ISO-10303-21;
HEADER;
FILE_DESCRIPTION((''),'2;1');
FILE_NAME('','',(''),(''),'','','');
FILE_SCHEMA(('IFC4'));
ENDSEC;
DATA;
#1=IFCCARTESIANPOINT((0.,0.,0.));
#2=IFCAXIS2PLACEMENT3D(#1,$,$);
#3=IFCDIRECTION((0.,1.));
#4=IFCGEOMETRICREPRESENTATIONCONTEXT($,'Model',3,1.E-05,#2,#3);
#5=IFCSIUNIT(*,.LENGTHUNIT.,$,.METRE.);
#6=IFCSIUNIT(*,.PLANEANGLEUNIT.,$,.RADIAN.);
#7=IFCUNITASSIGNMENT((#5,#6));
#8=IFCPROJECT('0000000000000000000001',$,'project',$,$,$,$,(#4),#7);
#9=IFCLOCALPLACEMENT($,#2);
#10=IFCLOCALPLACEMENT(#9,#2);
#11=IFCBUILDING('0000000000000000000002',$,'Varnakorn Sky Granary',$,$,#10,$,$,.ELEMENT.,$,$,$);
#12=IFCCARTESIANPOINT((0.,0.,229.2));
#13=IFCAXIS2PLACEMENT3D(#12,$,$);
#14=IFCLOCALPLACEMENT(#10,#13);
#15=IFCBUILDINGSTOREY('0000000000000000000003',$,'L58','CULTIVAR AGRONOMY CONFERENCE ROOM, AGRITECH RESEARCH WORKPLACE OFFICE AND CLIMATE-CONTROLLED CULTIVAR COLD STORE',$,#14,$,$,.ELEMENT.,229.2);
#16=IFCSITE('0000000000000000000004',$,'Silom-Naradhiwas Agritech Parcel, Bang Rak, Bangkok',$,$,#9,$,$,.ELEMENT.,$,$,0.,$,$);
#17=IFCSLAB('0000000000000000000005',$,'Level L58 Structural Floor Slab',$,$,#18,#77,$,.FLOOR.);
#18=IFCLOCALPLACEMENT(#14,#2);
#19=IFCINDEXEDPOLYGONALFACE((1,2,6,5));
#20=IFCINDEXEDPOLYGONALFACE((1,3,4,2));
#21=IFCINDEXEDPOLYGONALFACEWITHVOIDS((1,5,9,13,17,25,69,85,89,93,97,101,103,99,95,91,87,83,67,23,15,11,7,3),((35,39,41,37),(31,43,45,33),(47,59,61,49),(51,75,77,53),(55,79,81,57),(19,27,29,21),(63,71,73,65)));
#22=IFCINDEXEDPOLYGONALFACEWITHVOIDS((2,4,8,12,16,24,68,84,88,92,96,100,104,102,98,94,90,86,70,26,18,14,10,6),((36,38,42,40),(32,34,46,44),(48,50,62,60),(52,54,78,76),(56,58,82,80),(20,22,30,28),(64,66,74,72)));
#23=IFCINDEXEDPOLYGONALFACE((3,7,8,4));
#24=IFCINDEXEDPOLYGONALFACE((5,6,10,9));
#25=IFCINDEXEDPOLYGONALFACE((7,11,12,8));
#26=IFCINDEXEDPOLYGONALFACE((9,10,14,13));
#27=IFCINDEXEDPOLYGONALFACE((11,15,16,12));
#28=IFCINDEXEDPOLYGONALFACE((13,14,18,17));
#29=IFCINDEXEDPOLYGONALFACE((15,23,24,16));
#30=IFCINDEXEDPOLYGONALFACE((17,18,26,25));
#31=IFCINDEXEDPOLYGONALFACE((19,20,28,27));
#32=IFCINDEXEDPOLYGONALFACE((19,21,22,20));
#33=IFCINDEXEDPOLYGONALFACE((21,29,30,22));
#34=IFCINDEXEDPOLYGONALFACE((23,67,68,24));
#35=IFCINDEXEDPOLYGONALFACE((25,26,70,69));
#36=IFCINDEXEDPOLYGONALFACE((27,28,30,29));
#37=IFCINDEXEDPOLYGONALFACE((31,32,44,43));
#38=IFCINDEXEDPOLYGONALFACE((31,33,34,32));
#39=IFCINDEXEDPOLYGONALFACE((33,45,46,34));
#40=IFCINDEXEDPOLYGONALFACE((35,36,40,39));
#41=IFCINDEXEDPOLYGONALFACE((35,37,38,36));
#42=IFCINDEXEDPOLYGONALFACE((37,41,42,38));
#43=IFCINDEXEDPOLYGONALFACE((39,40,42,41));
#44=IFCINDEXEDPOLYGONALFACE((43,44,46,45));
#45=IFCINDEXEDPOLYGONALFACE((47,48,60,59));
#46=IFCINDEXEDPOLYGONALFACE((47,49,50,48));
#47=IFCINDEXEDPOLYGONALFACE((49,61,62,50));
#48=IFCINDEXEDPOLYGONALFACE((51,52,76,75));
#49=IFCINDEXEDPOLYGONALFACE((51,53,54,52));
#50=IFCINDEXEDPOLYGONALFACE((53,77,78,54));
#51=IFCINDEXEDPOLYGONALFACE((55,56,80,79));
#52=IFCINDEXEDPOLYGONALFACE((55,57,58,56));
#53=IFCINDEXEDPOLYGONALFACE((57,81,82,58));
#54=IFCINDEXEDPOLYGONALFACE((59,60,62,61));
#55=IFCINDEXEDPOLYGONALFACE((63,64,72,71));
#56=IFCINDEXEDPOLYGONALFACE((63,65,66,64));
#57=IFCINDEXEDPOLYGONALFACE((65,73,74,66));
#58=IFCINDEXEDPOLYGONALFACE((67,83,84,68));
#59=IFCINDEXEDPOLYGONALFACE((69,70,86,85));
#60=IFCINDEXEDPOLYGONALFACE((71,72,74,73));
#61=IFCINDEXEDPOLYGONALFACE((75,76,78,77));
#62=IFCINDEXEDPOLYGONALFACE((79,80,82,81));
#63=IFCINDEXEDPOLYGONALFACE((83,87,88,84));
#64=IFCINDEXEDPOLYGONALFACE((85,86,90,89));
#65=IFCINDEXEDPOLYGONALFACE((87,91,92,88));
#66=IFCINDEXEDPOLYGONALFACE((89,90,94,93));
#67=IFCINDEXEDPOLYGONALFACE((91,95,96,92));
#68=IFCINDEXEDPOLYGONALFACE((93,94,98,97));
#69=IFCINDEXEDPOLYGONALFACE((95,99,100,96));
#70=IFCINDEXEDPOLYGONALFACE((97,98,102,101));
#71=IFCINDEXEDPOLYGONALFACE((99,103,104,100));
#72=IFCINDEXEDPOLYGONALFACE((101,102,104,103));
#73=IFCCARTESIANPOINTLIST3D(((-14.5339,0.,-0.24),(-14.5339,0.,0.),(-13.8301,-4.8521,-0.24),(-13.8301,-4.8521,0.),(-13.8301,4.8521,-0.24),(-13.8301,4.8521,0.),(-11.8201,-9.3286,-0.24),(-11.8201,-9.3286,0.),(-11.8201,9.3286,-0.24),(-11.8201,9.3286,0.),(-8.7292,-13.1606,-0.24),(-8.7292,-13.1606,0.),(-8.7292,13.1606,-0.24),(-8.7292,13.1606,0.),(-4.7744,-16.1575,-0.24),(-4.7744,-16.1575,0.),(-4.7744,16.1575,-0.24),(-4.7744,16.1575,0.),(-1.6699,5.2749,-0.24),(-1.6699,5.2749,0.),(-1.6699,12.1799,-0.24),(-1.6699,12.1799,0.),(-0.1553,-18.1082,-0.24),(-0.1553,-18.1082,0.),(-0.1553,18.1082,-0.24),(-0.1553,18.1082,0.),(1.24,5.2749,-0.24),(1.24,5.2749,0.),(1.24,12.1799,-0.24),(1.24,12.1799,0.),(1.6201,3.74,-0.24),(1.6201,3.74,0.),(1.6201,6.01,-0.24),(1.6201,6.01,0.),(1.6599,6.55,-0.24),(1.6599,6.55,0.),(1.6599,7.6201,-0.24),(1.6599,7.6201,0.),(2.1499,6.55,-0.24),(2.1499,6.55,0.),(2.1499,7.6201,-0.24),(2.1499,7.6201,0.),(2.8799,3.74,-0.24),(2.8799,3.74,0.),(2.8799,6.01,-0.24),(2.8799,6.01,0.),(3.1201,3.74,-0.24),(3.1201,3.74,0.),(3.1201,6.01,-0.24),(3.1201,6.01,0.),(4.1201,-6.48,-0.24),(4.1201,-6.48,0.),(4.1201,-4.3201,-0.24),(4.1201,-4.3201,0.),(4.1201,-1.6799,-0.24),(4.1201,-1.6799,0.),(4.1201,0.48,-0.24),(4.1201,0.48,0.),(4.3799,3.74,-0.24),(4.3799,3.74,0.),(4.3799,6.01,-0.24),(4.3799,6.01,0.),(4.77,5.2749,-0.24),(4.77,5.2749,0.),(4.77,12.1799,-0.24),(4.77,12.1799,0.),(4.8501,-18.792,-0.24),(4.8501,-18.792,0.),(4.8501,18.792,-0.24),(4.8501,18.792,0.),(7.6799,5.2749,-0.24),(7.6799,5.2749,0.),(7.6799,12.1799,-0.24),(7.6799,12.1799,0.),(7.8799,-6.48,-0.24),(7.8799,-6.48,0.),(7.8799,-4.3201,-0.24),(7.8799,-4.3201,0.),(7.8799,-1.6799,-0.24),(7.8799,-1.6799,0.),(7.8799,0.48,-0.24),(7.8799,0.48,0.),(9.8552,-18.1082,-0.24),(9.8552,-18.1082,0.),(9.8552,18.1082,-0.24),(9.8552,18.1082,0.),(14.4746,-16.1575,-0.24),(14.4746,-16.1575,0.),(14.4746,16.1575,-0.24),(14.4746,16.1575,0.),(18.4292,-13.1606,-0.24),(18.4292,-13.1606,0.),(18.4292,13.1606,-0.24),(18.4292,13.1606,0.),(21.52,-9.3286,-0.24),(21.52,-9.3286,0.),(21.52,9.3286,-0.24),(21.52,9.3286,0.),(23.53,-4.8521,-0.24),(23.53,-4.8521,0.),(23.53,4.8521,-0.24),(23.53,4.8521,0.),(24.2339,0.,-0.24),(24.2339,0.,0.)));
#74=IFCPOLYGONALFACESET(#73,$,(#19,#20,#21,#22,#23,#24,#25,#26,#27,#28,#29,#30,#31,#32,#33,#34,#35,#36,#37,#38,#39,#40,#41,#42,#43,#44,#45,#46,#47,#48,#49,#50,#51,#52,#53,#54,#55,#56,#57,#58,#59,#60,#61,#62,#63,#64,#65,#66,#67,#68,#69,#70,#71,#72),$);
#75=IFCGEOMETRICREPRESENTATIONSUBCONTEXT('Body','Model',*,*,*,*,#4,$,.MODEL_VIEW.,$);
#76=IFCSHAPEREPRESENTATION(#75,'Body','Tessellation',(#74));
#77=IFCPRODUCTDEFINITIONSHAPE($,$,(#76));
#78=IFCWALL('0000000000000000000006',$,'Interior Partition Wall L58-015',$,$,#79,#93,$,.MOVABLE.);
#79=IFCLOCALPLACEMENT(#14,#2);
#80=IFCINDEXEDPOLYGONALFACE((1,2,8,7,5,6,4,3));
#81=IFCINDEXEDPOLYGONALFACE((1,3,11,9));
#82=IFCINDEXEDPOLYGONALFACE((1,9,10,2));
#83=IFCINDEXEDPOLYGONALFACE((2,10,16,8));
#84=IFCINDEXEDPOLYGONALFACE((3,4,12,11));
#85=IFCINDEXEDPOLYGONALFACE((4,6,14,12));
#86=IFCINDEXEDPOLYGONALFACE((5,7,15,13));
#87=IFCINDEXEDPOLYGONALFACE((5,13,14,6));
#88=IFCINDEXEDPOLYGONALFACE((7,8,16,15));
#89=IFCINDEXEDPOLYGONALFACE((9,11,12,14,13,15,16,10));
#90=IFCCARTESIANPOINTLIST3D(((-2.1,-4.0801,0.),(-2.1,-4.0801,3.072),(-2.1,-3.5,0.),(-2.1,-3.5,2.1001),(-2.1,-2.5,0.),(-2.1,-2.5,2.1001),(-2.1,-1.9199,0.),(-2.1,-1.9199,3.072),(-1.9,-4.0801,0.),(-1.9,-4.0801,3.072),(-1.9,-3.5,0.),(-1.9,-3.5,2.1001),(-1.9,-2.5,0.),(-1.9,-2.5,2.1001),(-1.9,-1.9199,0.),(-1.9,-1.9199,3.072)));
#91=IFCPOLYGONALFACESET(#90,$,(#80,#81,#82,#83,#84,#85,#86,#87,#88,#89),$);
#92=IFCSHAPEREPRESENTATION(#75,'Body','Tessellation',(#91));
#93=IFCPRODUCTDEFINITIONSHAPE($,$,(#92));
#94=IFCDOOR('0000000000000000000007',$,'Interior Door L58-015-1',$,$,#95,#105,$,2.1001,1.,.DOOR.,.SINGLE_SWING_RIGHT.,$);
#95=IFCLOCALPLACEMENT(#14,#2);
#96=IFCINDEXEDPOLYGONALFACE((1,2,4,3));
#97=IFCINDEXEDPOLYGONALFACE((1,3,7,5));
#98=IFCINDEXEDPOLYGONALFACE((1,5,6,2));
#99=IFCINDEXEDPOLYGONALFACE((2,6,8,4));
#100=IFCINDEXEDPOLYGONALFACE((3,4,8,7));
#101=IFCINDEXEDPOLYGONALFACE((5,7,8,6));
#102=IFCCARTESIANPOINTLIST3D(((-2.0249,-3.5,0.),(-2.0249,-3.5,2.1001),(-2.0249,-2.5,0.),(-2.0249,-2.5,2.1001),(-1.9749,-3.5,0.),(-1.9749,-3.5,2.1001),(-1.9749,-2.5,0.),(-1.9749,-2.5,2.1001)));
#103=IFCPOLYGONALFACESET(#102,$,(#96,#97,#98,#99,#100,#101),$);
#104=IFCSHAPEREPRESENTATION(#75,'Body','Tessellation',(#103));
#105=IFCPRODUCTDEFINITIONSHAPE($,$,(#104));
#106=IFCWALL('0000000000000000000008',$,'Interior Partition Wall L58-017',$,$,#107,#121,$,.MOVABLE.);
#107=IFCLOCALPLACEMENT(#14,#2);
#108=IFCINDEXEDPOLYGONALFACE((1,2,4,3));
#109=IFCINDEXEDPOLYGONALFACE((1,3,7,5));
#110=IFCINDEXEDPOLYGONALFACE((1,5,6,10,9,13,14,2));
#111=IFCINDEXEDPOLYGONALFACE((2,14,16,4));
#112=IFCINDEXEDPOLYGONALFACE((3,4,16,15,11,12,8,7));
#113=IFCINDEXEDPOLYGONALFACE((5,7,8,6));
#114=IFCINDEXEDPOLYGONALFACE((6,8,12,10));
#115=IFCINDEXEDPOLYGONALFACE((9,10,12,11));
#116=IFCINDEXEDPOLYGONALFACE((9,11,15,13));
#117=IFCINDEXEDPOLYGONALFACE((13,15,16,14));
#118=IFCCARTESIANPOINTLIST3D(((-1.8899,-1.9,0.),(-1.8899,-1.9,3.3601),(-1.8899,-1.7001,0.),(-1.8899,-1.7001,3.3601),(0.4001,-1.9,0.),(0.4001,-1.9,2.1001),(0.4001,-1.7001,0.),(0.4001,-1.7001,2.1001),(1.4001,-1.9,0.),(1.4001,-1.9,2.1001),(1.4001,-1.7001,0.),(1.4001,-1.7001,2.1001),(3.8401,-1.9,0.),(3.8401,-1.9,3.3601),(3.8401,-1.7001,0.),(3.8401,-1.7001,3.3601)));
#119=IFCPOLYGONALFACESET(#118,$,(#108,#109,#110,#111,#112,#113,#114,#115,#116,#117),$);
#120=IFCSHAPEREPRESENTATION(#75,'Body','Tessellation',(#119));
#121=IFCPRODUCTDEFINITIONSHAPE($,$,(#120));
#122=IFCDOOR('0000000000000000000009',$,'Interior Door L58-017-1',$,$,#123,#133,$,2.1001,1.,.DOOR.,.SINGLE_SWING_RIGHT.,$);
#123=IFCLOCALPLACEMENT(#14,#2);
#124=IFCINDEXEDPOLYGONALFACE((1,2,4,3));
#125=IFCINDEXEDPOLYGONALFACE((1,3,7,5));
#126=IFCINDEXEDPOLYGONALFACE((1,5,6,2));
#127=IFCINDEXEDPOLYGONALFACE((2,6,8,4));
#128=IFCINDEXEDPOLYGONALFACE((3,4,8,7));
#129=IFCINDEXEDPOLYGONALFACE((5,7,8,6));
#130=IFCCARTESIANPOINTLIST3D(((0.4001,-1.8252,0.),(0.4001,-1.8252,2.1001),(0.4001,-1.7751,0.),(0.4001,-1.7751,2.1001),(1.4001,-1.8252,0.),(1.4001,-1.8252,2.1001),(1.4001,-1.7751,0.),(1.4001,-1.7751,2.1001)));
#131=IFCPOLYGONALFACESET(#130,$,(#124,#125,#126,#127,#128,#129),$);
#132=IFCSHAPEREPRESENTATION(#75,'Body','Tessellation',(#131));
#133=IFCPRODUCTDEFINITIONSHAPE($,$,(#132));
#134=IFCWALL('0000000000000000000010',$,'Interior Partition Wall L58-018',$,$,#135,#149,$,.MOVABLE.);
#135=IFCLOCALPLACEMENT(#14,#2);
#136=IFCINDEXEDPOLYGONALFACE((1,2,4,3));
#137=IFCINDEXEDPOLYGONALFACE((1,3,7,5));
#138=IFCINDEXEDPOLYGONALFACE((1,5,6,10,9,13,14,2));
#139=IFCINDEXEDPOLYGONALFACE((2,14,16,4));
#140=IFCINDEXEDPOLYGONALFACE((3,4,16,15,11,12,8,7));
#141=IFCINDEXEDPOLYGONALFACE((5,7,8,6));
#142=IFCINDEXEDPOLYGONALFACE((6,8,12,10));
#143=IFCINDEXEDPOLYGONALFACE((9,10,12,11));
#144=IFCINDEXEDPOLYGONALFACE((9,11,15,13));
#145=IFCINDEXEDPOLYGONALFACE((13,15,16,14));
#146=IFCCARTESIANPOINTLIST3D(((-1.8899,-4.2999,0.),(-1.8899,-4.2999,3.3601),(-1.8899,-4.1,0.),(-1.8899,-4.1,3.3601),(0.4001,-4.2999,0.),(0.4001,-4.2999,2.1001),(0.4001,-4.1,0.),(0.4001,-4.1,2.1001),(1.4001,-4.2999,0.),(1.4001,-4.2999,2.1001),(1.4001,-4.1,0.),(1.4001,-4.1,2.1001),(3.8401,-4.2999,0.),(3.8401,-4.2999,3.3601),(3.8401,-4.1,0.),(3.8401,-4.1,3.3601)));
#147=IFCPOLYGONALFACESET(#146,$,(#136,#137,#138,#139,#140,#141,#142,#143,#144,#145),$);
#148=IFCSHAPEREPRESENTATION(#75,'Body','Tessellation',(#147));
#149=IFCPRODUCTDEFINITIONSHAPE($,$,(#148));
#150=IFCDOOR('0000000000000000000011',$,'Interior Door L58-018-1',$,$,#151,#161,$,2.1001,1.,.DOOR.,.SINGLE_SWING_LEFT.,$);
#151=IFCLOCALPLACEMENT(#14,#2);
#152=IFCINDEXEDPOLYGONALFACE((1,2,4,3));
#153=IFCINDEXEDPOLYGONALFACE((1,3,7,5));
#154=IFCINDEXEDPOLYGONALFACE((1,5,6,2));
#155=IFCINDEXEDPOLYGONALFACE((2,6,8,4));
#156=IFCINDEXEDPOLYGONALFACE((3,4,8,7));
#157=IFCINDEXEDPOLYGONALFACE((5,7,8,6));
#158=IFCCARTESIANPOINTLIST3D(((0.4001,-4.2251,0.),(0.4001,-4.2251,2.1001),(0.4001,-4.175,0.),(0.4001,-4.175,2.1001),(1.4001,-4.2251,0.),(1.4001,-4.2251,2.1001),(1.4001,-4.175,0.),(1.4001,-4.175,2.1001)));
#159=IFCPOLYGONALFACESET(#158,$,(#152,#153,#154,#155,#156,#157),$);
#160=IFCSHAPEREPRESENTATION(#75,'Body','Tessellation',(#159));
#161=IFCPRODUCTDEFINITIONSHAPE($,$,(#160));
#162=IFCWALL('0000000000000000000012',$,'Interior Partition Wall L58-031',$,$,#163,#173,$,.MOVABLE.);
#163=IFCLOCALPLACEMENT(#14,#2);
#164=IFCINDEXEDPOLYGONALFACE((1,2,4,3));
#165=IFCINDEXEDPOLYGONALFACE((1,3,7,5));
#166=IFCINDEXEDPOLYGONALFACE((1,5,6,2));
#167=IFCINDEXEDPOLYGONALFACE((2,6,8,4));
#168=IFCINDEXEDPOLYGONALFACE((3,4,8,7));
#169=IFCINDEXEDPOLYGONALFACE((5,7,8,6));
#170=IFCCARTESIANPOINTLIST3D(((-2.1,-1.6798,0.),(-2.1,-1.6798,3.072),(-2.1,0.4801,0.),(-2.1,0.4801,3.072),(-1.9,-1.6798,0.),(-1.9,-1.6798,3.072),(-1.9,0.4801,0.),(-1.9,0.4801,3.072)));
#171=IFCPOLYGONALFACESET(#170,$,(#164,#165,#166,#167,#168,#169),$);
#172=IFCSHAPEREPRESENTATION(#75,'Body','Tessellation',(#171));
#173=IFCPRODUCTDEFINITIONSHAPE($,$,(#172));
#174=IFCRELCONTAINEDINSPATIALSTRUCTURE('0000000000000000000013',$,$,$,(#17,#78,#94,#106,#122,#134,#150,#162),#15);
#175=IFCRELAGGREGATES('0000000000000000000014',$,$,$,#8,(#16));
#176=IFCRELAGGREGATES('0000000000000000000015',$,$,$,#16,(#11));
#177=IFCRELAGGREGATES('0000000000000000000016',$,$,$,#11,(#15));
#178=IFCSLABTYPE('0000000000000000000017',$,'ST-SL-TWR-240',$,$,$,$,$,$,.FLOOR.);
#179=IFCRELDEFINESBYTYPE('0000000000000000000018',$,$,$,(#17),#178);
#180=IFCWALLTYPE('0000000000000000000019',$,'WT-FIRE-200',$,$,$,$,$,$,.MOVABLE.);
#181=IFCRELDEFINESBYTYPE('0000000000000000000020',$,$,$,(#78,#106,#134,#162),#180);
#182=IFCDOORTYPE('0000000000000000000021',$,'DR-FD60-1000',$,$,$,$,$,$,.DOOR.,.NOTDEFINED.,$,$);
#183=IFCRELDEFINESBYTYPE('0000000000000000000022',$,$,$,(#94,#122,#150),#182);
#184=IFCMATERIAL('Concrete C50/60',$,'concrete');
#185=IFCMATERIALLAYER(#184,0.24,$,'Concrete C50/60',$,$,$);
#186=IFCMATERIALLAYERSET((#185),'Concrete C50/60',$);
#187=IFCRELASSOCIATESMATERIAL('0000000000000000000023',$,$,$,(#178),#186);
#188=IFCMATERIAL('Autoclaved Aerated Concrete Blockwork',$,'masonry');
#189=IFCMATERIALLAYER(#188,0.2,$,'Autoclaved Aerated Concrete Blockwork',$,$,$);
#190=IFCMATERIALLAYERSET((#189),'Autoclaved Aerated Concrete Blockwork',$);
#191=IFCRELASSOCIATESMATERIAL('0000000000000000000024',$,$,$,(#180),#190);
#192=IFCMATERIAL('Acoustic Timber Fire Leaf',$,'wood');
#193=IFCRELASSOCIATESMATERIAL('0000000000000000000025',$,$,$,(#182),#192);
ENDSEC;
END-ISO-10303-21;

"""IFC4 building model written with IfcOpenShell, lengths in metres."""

from ifc_helpers import new_model, si_unit, direction, frame, frame_2d, origin, place, context, subcontext, project, spatial, polyline, rectangle, outline, extrude, material, layer, layer_set, type_object, element, fill, save


model = new_model("IFC4")

# Units and contexts
model_context = context("Model", 3, precision=1e-05, world=origin(), true_north=direction((0.0, 1.0)))
body_context = subcontext(model_context, "Body", "Model", "MODEL_VIEW")
ifc_project = project(units=[si_unit("LENGTHUNIT", "METRE"), si_unit("PLANEANGLEUNIT", "RADIAN")], contexts=[model_context])

# Site, building, storey
site_placement = place(None, origin())
site = spatial("IfcSite", under=ifc_project, at=site_placement, Name="Silom-Naradhiwas Agritech Parcel, Bang Rak, Bangkok", CompositionType="ELEMENT", RefElevation=0.0)
building_placement = place(site_placement, origin())
building = spatial("IfcBuilding", under=site, at=building_placement, Name="Varnakorn Sky Granary", CompositionType="ELEMENT")
storey_placement = place(building_placement, frame((0.0, 0.0, 229.2)))
storey = spatial("IfcBuildingStorey", under=building, at=storey_placement, Name="L58", Description="CULTIVAR AGRONOMY CONFERENCE ROOM, AGRITECH RESEARCH WORKPLACE OFFICE AND CLIMATE-CONTROLLED CULTIVAR COLD STORE", CompositionType="ELEMENT", Elevation=229.2)

# Shared definitions
ifc_material_1 = material(Name="Concrete C50/60", Category="concrete")

# Slab
ifc_layer_1 = layer(ifc_material_1, 0.24, Name="Concrete C50/60")
ifc_layer_set_1 = layer_set([ifc_layer_1], Name="Concrete C50/60")
slab_type_1 = type_object("IfcSlabType", Name="ST-SL-TWR-240", PredefinedType="FLOOR", material=ifc_layer_set_1)
slab_1_placement = place(storey_placement, frame((0.0, 0.0, -0.24)))
element("IfcSlab", 1, at=slab_1_placement, inside=storey, type_object=slab_type_1, Name="Level L58 Structural Floor Slab", PredefinedType="FLOOR", context=body_context, shape_type="SweptSolid", body=[
    extrude(outline(polyline([(24.2339, 0.0), (23.53, 4.8521), (21.52, 9.3286), (18.4292, 13.1606), (14.4746, 16.1575), (9.8552, 18.1082), (4.8501, 18.792), (-0.1553, 18.1082), (-4.7744, 16.1575), (-8.7292, 13.1606), (-11.8201, 9.3286), (-13.8301, 4.8521), (-14.5339, 0.0), (-13.8301, -4.8521), (-11.8201, -9.3286), (-8.7292, -13.1606), (-4.7744, -16.1575), (-0.1553, -18.1082), (4.8501, -18.792), (9.8552, -18.1082), (14.4746, -16.1575), (18.4292, -13.1606), (21.52, -9.3286), (23.53, -4.8521), (24.2339, 0.0)]), holes=[polyline([(1.24, 5.2749), (1.24, 12.1799), (-1.6699, 12.1799), (-1.6699, 5.2749), (1.24, 5.2749)]), polyline([(7.6799, 5.2749), (7.6799, 12.1799), (4.77, 12.1799), (4.77, 5.2749), (7.6799, 5.2749)]), polyline([(1.6599, 6.55), (2.1499, 6.55), (2.1499, 7.6201), (1.6599, 7.6201), (1.6599, 6.55)]), polyline([(1.6201, 3.74), (2.8799, 3.74), (2.8799, 6.01), (1.6201, 6.01), (1.6201, 3.74)]), polyline([(3.1201, 3.74), (4.3799, 3.74), (4.3799, 6.01), (3.1201, 6.01), (3.1201, 3.74)]), polyline([(4.1201, -1.6799), (7.8799, -1.6799), (7.8799, 0.48), (4.1201, 0.48), (4.1201, -1.6799)]), polyline([(4.1201, -6.48), (7.8799, -6.48), (7.8799, -4.3201), (4.1201, -4.3201), (4.1201, -6.48)])]), origin(), (0.0, 0.0, 1.0), 0.24),
])

# Walls, openings, doors
ifc_material_2 = material(Name="Autoclaved Aerated Concrete Blockwork", Category="masonry")
ifc_layer_2 = layer(ifc_material_2, 0.2, Name="Autoclaved Aerated Concrete Blockwork")
ifc_layer_set_2 = layer_set([ifc_layer_2], Name="Autoclaved Aerated Concrete Blockwork")
wall_type_1 = type_object("IfcWallType", Name="WT-FIRE-200", PredefinedType="MOVABLE", material=ifc_layer_set_2)
wall_1_placement = place(storey_placement, frame((-2.0, -4.0801, 0.0), z_axis=(0.0, 0.0, 1.0), x_axis=(0.0, 1.0, 0.0)))
wall_1 = element("IfcWall", 2, at=wall_1_placement, inside=storey, type_object=wall_type_1, Name="Interior Partition Wall L58-015", PredefinedType="MOVABLE", context=body_context, shape_type="SweptSolid", body=[
    extrude(rectangle(XDim=2.1602, YDim=0.2, at=frame_2d((1.0801, 0.0))), origin(), (0.0, 0.0, 1.0), 3.072),
])
opening_1_placement = place(wall_1_placement, frame((0.5801, 0.0, 0.0)))
opening_1 = element("IfcOpeningElement", 3, at=opening_1_placement, cuts=wall_1, PredefinedType="OPENING", context=body_context, shape_type="SweptSolid", body=[
    extrude(rectangle(XDim=1.0, YDim=2.1001, at=frame_2d((0.5, 1.05))), frame((0.0, 0.1099, 0.0), z_axis=(0.0, -1.0, 0.0), x_axis=(1.0, 0.0, 0.0)), (0.0, 0.0, 1.0), 0.22),
])
ifc_material_3 = material(Name="Acoustic Timber Fire Leaf", Category="wood")
door_type_1 = type_object("IfcDoorType", Name="DR-FD60-1000", OperationType="NOTDEFINED", PredefinedType="DOOR", material=ifc_material_3)
door_1_placement = place(opening_1_placement, origin())
door_1 = element("IfcDoor", 4, at=door_1_placement, inside=storey, type_object=door_type_1, Name="Interior Door L58-015-1", OperationType="SINGLE_SWING_RIGHT", OverallHeight=2.1001, OverallWidth=1.0, PredefinedType="DOOR", context=body_context, shape_type="SweptSolid", body=[
    extrude(rectangle(XDim=1.0, YDim=2.1001, at=frame_2d((0.5, 1.05))), frame((0.0, 0.0249, 0.0), z_axis=(0.0, -1.0, 0.0), x_axis=(1.0, 0.0, 0.0)), (0.0, 0.0, 1.0), 0.05),
])
fill(opening_1, door_1)
wall_2_placement = place(storey_placement, frame((-1.8899, -1.8, 0.0), z_axis=(0.0, 0.0, 1.0), x_axis=(1.0, 0.0, 0.0)))
wall_2 = element("IfcWall", 5, at=wall_2_placement, inside=storey, type_object=wall_type_1, Name="Interior Partition Wall L58-017", PredefinedType="MOVABLE", context=body_context, shape_type="SweptSolid", body=[
    extrude(rectangle(XDim=5.73, YDim=0.2, at=frame_2d((2.865, 0.0))), origin(), (0.0, 0.0, 1.0), 3.3601),
])
opening_2_placement = place(wall_2_placement, frame((2.29, 0.0, 0.0)))
opening_2 = element("IfcOpeningElement", 6, at=opening_2_placement, cuts=wall_2, PredefinedType="OPENING", context=body_context, shape_type="SweptSolid", body=[
    extrude(rectangle(XDim=1.0, YDim=2.1001, at=frame_2d((0.5, 1.05))), frame((0.0, 0.1099, 0.0), z_axis=(0.0, -1.0, 0.0), x_axis=(1.0, 0.0, 0.0)), (0.0, 0.0, 1.0), 0.22),
])
door_2_placement = place(opening_2_placement, origin())
door_2 = element("IfcDoor", 7, at=door_2_placement, inside=storey, type_object=door_type_1, Name="Interior Door L58-017-1", OperationType="SINGLE_SWING_RIGHT", OverallHeight=2.1001, OverallWidth=1.0, PredefinedType="DOOR", context=body_context, shape_type="SweptSolid", body=[
    extrude(rectangle(XDim=1.0, YDim=2.1001, at=frame_2d((0.5, 1.05))), frame((0.0, 0.0249, 0.0), z_axis=(0.0, -1.0, 0.0), x_axis=(1.0, 0.0, 0.0)), (0.0, 0.0, 1.0), 0.05),
])
fill(opening_2, door_2)
wall_3_placement = place(storey_placement, frame((-1.8899, -4.2, 0.0), z_axis=(0.0, 0.0, 1.0), x_axis=(1.0, 0.0, 0.0)))
wall_3 = element("IfcWall", 8, at=wall_3_placement, inside=storey, type_object=wall_type_1, Name="Interior Partition Wall L58-018", PredefinedType="MOVABLE", context=body_context, shape_type="SweptSolid", body=[
    extrude(rectangle(XDim=5.73, YDim=0.2, at=frame_2d((2.865, 0.0))), origin(), (0.0, 0.0, 1.0), 3.3601),
])
opening_3_placement = place(wall_3_placement, frame((2.29, 0.0, 0.0)))
opening_3 = element("IfcOpeningElement", 9, at=opening_3_placement, cuts=wall_3, PredefinedType="OPENING", context=body_context, shape_type="SweptSolid", body=[
    extrude(rectangle(XDim=1.0, YDim=2.1001, at=frame_2d((0.5, 1.05))), frame((0.0, 0.1099, 0.0), z_axis=(0.0, -1.0, 0.0), x_axis=(1.0, 0.0, 0.0)), (0.0, 0.0, 1.0), 0.22),
])
door_3_placement = place(opening_3_placement, origin())
door_3 = element("IfcDoor", 10, at=door_3_placement, inside=storey, type_object=door_type_1, Name="Interior Door L58-018-1", OperationType="SINGLE_SWING_LEFT", OverallHeight=2.1001, OverallWidth=1.0, PredefinedType="DOOR", context=body_context, shape_type="SweptSolid", body=[
    extrude(rectangle(XDim=1.0, YDim=2.1001, at=frame_2d((0.5, 1.05))), frame((0.0, 0.0249, 0.0), z_axis=(0.0, -1.0, 0.0), x_axis=(1.0, 0.0, 0.0)), (0.0, 0.0, 1.0), 0.05),
])
fill(opening_3, door_3)

# Wall
wall_4_placement = place(storey_placement, frame((-2.0, -1.6799, 0.0), z_axis=(0.0, 0.0, 1.0), x_axis=(0.0, 1.0, 0.0)))
element("IfcWall", 11, at=wall_4_placement, inside=storey, type_object=wall_type_1, Name="Interior Partition Wall L58-031", PredefinedType="MOVABLE", context=body_context, shape_type="SweptSolid", body=[
    extrude(rectangle(XDim=2.1599, YDim=0.2, at=frame_2d((1.0801, 0.0))), origin(), (0.0, 0.0, 1.0), 3.072),
])

save(model, "model.ifc")
